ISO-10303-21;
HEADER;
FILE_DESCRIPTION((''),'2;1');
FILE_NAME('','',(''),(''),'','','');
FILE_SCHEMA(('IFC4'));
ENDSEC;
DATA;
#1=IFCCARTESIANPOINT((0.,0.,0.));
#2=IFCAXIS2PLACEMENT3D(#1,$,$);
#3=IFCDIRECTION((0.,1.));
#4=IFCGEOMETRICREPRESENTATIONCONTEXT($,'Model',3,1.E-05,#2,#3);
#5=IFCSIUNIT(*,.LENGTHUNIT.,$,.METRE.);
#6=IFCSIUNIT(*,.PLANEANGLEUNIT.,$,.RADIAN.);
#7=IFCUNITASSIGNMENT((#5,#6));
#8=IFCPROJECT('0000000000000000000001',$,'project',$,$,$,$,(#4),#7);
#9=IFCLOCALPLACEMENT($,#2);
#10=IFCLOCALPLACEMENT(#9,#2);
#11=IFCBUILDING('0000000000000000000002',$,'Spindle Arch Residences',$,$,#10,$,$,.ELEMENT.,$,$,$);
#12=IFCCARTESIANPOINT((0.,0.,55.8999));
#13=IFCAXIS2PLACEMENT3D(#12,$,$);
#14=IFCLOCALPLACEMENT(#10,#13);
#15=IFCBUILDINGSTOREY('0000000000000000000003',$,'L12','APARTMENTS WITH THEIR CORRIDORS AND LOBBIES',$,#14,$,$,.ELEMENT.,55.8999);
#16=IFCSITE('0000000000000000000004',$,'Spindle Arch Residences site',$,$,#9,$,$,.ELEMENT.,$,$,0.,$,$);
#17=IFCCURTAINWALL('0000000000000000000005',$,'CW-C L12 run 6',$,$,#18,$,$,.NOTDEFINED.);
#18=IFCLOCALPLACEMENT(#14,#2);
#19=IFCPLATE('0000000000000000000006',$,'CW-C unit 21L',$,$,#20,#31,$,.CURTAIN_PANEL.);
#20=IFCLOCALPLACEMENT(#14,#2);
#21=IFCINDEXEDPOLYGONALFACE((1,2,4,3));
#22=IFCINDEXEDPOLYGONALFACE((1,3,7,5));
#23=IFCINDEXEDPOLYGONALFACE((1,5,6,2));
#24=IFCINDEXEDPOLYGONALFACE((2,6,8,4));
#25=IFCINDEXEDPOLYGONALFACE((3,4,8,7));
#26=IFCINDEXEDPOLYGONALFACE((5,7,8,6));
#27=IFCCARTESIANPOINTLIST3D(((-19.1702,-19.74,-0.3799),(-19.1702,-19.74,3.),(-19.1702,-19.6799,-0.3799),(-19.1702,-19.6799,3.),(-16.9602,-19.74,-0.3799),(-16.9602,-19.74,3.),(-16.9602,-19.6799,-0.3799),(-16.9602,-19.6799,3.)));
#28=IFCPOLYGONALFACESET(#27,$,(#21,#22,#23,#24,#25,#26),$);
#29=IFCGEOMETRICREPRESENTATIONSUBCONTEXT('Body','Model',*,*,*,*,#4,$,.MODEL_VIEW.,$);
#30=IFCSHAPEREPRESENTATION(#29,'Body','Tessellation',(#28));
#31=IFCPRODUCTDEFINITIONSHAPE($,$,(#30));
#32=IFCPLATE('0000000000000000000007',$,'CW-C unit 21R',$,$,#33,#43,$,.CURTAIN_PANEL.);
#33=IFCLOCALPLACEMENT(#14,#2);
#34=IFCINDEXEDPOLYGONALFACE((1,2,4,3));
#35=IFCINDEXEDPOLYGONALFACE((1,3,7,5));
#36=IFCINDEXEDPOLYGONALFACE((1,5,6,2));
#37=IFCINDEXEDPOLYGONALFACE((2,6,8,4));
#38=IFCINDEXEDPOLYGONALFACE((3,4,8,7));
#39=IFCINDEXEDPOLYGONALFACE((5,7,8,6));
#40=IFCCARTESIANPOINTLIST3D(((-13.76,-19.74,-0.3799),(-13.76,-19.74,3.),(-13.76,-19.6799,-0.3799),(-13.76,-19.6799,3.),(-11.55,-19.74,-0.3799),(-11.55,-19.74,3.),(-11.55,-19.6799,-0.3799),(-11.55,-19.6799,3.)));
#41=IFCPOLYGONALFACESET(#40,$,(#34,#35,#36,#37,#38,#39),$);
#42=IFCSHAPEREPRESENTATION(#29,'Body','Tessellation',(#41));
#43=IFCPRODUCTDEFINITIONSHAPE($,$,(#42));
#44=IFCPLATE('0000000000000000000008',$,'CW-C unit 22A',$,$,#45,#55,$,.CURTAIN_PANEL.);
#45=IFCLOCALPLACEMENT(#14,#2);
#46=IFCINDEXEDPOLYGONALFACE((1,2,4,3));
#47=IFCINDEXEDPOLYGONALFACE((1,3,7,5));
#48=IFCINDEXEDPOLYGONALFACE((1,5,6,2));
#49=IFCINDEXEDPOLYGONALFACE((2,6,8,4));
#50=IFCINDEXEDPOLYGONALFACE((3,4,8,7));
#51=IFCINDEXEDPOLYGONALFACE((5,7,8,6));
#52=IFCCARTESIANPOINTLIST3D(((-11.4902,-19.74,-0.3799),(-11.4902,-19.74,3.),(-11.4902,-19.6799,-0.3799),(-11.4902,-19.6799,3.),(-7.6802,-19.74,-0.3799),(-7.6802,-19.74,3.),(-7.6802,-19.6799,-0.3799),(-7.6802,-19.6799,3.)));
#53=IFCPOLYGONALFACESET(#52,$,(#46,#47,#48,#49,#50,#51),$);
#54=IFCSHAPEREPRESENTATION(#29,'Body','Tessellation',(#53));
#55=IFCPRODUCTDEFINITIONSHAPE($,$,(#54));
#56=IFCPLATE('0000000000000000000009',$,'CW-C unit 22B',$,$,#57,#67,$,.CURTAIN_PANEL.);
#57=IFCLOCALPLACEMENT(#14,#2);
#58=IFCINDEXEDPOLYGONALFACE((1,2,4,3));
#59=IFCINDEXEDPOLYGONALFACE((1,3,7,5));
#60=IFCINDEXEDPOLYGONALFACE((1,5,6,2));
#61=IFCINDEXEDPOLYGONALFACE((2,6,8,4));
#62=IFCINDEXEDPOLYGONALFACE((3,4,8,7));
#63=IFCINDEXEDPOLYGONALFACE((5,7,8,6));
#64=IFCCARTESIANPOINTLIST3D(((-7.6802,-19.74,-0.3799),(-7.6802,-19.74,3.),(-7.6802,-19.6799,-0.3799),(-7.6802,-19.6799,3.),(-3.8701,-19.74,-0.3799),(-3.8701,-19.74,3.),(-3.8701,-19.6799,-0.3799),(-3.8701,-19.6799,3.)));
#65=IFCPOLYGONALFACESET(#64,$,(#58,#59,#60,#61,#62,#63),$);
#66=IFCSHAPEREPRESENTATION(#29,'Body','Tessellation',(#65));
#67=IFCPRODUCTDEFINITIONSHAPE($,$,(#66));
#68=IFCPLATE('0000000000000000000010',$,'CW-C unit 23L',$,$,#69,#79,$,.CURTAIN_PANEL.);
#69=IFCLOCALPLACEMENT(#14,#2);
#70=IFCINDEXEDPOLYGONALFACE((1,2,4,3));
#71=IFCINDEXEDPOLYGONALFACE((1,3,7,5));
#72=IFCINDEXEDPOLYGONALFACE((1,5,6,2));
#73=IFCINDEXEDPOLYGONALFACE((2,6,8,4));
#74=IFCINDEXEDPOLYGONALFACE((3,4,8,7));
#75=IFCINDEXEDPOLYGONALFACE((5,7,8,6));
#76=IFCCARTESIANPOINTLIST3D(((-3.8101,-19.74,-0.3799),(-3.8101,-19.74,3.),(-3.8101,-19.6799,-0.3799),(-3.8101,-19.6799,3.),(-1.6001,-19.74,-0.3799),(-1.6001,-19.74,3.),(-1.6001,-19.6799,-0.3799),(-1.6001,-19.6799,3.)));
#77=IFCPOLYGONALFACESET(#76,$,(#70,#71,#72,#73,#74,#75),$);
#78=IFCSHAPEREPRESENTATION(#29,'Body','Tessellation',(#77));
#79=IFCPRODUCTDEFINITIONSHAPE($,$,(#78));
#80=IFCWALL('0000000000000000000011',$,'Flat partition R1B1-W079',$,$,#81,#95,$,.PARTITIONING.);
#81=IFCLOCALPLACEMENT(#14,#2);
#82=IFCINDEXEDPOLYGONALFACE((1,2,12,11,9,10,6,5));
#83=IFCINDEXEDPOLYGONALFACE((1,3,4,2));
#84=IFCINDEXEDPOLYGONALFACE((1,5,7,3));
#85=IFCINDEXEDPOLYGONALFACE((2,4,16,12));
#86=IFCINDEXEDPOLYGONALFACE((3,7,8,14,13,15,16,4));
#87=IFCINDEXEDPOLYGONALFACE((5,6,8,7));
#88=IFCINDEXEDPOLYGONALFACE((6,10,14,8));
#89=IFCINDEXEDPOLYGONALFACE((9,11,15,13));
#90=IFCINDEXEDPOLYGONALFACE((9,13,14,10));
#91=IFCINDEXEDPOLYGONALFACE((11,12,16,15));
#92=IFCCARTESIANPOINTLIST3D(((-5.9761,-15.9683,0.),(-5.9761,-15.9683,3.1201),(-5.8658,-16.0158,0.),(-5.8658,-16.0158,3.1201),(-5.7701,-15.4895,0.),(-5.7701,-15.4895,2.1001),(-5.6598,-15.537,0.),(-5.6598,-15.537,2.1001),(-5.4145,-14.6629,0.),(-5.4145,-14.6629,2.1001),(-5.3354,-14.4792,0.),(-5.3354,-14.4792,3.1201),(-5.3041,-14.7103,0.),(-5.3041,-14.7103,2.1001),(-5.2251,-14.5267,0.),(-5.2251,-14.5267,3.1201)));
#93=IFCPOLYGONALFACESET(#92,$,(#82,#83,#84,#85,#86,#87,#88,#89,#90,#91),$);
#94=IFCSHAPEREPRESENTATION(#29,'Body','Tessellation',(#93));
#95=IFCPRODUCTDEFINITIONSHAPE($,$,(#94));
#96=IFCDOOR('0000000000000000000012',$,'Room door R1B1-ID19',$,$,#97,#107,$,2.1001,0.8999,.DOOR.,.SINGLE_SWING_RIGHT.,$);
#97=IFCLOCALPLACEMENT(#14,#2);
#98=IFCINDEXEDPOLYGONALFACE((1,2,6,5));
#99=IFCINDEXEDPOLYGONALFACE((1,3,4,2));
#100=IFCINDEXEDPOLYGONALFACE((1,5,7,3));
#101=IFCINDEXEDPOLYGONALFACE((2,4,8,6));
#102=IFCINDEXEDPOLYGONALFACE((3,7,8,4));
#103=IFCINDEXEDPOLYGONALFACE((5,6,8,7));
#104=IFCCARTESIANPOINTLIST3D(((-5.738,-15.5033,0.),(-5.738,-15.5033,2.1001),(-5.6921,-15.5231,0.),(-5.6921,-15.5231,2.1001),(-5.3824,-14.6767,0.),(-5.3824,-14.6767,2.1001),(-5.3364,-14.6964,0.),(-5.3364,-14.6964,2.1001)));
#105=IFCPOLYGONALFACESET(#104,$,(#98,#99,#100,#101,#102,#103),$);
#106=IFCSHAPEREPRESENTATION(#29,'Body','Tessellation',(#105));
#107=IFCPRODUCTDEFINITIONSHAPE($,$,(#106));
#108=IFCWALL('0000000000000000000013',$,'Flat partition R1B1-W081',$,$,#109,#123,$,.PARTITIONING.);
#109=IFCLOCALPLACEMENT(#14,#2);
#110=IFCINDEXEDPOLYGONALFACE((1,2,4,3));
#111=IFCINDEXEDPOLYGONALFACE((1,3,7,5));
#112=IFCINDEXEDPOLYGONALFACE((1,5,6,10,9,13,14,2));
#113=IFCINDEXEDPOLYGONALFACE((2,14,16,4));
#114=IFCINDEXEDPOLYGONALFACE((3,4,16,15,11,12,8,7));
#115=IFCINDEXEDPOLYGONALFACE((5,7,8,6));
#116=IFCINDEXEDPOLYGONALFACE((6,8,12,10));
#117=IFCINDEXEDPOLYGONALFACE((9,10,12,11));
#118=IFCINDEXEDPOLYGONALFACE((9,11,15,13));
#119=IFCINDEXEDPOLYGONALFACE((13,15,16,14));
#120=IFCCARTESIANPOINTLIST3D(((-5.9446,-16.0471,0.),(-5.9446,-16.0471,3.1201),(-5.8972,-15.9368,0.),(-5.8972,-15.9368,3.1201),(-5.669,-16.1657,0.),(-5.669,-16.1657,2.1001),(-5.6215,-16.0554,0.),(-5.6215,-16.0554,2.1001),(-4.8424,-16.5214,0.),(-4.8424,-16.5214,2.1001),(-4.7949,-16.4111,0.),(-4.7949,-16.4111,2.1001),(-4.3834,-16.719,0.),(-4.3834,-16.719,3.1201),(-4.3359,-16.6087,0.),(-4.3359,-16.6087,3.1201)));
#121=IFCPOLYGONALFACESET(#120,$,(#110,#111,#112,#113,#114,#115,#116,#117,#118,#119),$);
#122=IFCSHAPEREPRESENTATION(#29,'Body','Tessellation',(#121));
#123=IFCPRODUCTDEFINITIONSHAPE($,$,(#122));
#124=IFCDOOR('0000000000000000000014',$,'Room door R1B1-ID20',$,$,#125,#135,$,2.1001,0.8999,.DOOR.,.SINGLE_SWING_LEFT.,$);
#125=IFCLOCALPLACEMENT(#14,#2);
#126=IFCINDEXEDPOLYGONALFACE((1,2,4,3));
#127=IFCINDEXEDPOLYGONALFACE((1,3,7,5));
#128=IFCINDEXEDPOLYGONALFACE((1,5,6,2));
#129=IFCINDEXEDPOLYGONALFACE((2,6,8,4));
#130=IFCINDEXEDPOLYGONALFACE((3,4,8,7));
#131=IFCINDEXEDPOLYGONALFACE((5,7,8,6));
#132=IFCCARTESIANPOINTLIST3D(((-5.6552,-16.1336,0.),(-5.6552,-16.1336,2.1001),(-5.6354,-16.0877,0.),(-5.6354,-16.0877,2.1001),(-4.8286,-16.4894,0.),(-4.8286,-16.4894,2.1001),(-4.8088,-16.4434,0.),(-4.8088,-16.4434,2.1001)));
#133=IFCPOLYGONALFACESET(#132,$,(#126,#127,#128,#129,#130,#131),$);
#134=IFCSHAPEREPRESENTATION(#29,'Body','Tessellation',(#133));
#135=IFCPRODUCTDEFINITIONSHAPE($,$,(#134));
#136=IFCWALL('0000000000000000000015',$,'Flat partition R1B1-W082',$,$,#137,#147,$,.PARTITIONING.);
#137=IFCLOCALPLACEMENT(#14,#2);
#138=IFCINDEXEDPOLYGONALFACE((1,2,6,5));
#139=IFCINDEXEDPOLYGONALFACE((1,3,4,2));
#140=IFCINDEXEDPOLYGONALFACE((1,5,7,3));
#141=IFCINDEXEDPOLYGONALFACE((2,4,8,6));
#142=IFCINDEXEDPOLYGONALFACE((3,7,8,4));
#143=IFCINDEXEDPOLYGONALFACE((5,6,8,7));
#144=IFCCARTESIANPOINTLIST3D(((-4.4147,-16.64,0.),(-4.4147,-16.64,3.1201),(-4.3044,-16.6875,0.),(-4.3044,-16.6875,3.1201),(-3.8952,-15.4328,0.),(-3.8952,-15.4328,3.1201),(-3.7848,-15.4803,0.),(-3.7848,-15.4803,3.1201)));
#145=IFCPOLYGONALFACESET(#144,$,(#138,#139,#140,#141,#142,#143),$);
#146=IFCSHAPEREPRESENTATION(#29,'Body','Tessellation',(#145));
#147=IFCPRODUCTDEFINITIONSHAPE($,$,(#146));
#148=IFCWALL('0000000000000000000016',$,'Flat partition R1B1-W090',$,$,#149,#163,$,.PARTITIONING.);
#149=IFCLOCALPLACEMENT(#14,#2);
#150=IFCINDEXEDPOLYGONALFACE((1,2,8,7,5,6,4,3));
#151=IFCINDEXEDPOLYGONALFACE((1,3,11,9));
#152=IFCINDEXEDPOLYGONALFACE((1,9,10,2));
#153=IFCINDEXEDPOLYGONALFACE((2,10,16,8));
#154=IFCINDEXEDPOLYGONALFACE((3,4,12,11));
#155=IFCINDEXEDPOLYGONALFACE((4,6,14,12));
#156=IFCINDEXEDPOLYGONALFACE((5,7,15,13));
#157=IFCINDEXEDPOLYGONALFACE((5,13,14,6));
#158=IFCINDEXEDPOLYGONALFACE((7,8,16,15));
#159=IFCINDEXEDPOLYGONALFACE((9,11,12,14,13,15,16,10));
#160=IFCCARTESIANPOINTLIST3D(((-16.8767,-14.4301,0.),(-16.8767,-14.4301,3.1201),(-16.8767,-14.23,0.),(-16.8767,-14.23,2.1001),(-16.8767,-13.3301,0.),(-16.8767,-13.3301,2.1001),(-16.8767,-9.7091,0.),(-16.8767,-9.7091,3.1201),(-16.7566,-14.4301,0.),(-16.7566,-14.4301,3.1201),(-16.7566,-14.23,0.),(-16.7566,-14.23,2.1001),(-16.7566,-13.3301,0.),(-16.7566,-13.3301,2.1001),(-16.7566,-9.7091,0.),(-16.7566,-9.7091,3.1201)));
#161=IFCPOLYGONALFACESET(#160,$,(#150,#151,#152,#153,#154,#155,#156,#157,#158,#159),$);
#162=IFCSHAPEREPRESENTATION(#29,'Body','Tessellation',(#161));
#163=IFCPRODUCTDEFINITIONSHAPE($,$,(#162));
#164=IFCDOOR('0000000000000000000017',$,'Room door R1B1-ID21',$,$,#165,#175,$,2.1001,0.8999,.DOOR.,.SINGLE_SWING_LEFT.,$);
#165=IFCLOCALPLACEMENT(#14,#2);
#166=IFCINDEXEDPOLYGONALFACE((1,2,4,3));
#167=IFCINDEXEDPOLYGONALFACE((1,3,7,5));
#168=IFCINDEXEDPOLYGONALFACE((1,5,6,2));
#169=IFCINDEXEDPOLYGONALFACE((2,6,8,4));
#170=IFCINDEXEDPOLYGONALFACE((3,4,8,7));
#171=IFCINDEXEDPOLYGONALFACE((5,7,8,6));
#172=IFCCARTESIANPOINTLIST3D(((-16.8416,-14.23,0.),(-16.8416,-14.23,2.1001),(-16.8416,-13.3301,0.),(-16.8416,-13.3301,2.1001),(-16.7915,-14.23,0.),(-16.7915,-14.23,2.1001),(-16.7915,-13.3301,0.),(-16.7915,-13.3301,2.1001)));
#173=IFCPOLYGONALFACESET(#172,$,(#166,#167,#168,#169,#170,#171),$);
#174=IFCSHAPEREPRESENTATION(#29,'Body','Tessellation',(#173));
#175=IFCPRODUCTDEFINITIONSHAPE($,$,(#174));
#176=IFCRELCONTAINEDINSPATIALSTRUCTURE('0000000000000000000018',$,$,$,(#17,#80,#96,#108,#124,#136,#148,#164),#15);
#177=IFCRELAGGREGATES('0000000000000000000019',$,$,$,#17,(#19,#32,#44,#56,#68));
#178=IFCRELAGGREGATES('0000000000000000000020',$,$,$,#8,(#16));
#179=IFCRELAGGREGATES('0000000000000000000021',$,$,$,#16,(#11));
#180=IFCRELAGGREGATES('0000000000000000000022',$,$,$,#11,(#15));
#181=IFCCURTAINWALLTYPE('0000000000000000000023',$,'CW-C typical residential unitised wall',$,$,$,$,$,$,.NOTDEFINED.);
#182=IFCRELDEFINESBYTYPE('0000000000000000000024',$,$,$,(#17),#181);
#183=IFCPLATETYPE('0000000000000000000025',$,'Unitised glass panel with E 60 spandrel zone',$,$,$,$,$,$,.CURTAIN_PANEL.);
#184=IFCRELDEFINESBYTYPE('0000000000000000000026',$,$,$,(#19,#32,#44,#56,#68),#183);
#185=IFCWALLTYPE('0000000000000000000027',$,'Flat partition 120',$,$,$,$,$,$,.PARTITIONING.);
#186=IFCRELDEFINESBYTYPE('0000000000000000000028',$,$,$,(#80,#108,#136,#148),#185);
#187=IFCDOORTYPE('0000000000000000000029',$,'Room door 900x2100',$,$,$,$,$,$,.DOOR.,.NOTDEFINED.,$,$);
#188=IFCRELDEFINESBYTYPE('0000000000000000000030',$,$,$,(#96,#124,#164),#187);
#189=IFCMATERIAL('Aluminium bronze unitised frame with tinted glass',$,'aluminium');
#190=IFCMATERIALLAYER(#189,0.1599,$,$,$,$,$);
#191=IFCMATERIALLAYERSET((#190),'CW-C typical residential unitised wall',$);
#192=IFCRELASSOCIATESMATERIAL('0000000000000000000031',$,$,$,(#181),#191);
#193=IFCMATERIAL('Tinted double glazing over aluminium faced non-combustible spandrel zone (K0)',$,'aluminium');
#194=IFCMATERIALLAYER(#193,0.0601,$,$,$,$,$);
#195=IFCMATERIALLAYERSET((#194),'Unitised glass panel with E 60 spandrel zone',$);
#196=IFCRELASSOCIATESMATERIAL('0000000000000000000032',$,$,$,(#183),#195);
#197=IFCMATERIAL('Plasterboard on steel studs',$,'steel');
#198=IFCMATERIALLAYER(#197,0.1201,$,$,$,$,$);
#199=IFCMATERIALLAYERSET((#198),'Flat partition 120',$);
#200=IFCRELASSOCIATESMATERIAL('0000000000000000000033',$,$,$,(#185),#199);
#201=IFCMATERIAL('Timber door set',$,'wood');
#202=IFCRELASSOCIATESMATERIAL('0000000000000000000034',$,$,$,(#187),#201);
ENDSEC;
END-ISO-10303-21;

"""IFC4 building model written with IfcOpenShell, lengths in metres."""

from ifc_helpers import new_model, si_unit, direction, frame, frame_2d, origin, origin_2d, place, context, subcontext, project, spatial, rectangle, extrude, material, layer, layer_set, type_object, element, fill, aggregate, save


model = new_model("IFC4")

# Units and contexts
model_context = context("Model", 3, precision=1e-05, world=origin(), true_north=direction((0.0, 1.0)))
body_context = subcontext(model_context, "Body", "Model", "MODEL_VIEW")
ifc_project = project(units=[si_unit("LENGTHUNIT", "METRE"), si_unit("PLANEANGLEUNIT", "RADIAN")], contexts=[model_context])

# Site, building, storey
site_placement = place(None, origin())
site = spatial("IfcSite", under=ifc_project, at=site_placement, Name="Spindle Arch Residences site", CompositionType="ELEMENT", RefElevation=0.0)
building_placement = place(site_placement, origin())
building = spatial("IfcBuilding", under=site, at=building_placement, Name="Spindle Arch Residences", CompositionType="ELEMENT")
storey_placement = place(building_placement, frame((0.0, 0.0, 55.8999)))
storey = spatial("IfcBuildingStorey", under=building, at=storey_placement, Name="L12", Description="APARTMENTS WITH THEIR CORRIDORS AND LOBBIES", CompositionType="ELEMENT", Elevation=55.8999)

# Curtain wall
ifc_material_1 = material(Name="Aluminium bronze unitised frame with tinted glass", Category="aluminium")
ifc_layer_1 = layer(ifc_material_1, 0.1599)
ifc_layer_set_1 = layer_set([ifc_layer_1], Name="CW-C typical residential unitised wall")
curtain_wall_type = type_object("IfcCurtainWallType", Name="CW-C typical residential unitised wall", PredefinedType="NOTDEFINED", material=ifc_layer_set_1)
curtain_wall_placement = place(storey_placement, origin())
curtain_wall = element("IfcCurtainWall", 1, at=curtain_wall_placement, inside=storey, type_object=curtain_wall_type, Name="CW-C L12 run 6", PredefinedType="NOTDEFINED")

# Plates
ifc_material_2 = material(Name="Tinted double glazing over aluminium faced non-combustible spandrel zone (K0)", Category="aluminium")
ifc_layer_2 = layer(ifc_material_2, 0.0601)
ifc_layer_set_2 = layer_set([ifc_layer_2], Name="Unitised glass panel with E 60 spandrel zone")
plate_type = type_object("IfcPlateType", Name="Unitised glass panel with E 60 spandrel zone", PredefinedType="CURTAIN_PANEL", material=ifc_layer_set_2)
plate_1_placement = place(storey_placement, frame((-18.0652, -19.71, -0.3799), z_axis=(0.0, 0.0, 1.0), x_axis=(1.0, 0.0, 0.0)))
plate_1 = element("IfcPlate", 2, at=plate_1_placement, type_object=plate_type, Name="CW-C unit 21L", PredefinedType="CURTAIN_PANEL", context=body_context, shape_type="SweptSolid", body=[
    extrude(rectangle(XDim=2.21, YDim=0.0601, at=origin_2d()), origin(), (0.0, 0.0, 1.0), 3.3799),
])
plate_2_placement = place(storey_placement, frame((-12.655, -19.71, -0.3799), z_axis=(0.0, 0.0, 1.0), x_axis=(1.0, 0.0, 0.0)))
plate_2 = element("IfcPlate", 3, at=plate_2_placement, type_object=plate_type, Name="CW-C unit 21R", PredefinedType="CURTAIN_PANEL", context=body_context, shape_type="SweptSolid", body=[
    extrude(rectangle(XDim=2.21, YDim=0.0601, at=origin_2d()), origin(), (0.0, 0.0, 1.0), 3.3799),
])
plate_3_placement = place(storey_placement, frame((-9.5852, -19.71, -0.3799), z_axis=(0.0, 0.0, 1.0), x_axis=(1.0, 0.0, 0.0)))
plate_3 = element("IfcPlate", 4, at=plate_3_placement, type_object=plate_type, Name="CW-C unit 22A", PredefinedType="CURTAIN_PANEL", context=body_context, shape_type="SweptSolid", body=[
    extrude(rectangle(XDim=3.8101, YDim=0.0601, at=origin_2d()), origin(), (0.0, 0.0, 1.0), 3.3799),
])
plate_4_placement = place(storey_placement, frame((-5.7751, -19.71, -0.3799), z_axis=(0.0, 0.0, 1.0), x_axis=(1.0, 0.0, 0.0)))
plate_4 = element("IfcPlate", 5, at=plate_4_placement, type_object=plate_type, Name="CW-C unit 22B", PredefinedType="CURTAIN_PANEL", context=body_context, shape_type="SweptSolid", body=[
    extrude(rectangle(XDim=3.8101, YDim=0.0601, at=origin_2d()), origin(), (0.0, 0.0, 1.0), 3.3799),
])
plate_5_placement = place(storey_placement, frame((-2.7051, -19.71, -0.3799), z_axis=(0.0, 0.0, 1.0), x_axis=(1.0, 0.0, 0.0)))
plate_5 = element("IfcPlate", 6, at=plate_5_placement, type_object=plate_type, Name="CW-C unit 23L", PredefinedType="CURTAIN_PANEL", context=body_context, shape_type="SweptSolid", body=[
    extrude(rectangle(XDim=2.21, YDim=0.0601, at=origin_2d()), origin(), (0.0, 0.0, 1.0), 3.3799),
])
aggregate(curtain_wall, [plate_1, plate_2, plate_3, plate_4, plate_5])

# Walls, openings, doors
ifc_material_3 = material(Name="Plasterboard on steel studs", Category="steel")
ifc_layer_3 = layer(ifc_material_3, 0.1201)
ifc_layer_set_3 = layer_set([ifc_layer_3], Name="Flat partition 120")
wall_type_1 = type_object("IfcWallType", Name="Flat partition 120", PredefinedType="PARTITIONING", material=ifc_layer_set_3)
wall_1_placement = place(storey_placement, frame((-5.2803, -14.5029, 0.0), z_axis=(0.0, 0.0, 1.0), x_axis=(-0.39521, -0.918591, 0.0)))
wall_1 = element("IfcWall", 7, at=wall_1_placement, inside=storey, type_object=wall_type_1, Name="Flat partition R1B1-W079", PredefinedType="PARTITIONING", context=body_context, shape_type="SweptSolid", body=[
    extrude(rectangle(XDim=1.6211, YDim=0.1201, at=frame_2d((0.8105, 0.0))), origin(), (0.0, 0.0, 1.0), 3.1201),
])
opening_1_placement = place(wall_1_placement, frame((0.2, 0.0, 0.0)))
opening_1 = element("IfcOpeningElement", 8, at=opening_1_placement, cuts=wall_1, PredefinedType="OPENING", context=body_context, shape_type="SweptSolid", body=[
    extrude(rectangle(XDim=0.8999, YDim=2.1001, at=frame_2d((0.45, 1.05))), frame((0.0, 0.0701, 0.0), z_axis=(0.0, -1.0, 0.0), x_axis=(1.0, 0.0, 0.0)), (0.0, 0.0, 1.0), 0.1401),
])
ifc_material_4 = material(Name="Timber door set", Category="wood")
door_type_1 = type_object("IfcDoorType", Name="Room door 900x2100", OperationType="NOTDEFINED", PredefinedType="DOOR", material=ifc_material_4)
door_1_placement = place(opening_1_placement, origin())
door_1 = element("IfcDoor", 9, at=door_1_placement, inside=storey, type_object=door_type_1, Name="Room door R1B1-ID19", OperationType="SINGLE_SWING_RIGHT", OverallHeight=2.1001, OverallWidth=0.8999, PredefinedType="DOOR", context=body_context, shape_type="SweptSolid", body=[
    extrude(rectangle(XDim=0.8999, YDim=2.1001, at=frame_2d((0.45, 1.05))), frame((0.0, 0.0249, 0.0), z_axis=(0.0, -1.0, 0.0), x_axis=(1.0, 0.0, 0.0)), (0.0, 0.0, 1.0), 0.05),
])
fill(opening_1, door_1)
wall_2_placement = place(storey_placement, frame((-5.9209, -15.9919, 0.0), z_axis=(0.0, 0.0, 1.0), x_axis=(0.918557, -0.395288, 0.0)))
wall_2 = element("IfcWall", 10, at=wall_2_placement, inside=storey, type_object=wall_type_1, Name="Flat partition R1B1-W081", PredefinedType="PARTITIONING", context=body_context, shape_type="SweptSolid", body=[
    extrude(rectangle(XDim=1.6997, YDim=0.1201, at=frame_2d((0.8499, 0.0))), origin(), (0.0, 0.0, 1.0), 3.1201),
])
opening_2_placement = place(wall_2_placement, frame((0.3, 0.0, 0.0)))
opening_2 = element("IfcOpeningElement", 11, at=opening_2_placement, cuts=wall_2, PredefinedType="OPENING", context=body_context, shape_type="SweptSolid", body=[
    extrude(rectangle(XDim=0.8999, YDim=2.1001, at=frame_2d((0.45, 1.05))), frame((0.0, 0.0701, 0.0), z_axis=(0.0, -1.0, 0.0), x_axis=(1.0, 0.0, 0.0)), (0.0, 0.0, 1.0), 0.1401),
])
door_2_placement = place(opening_2_placement, origin())
door_2 = element("IfcDoor", 12, at=door_2_placement, inside=storey, type_object=door_type_1, Name="Room door R1B1-ID20", OperationType="SINGLE_SWING_LEFT", OverallHeight=2.1001, OverallWidth=0.8999, PredefinedType="DOOR", context=body_context, shape_type="SweptSolid", body=[
    extrude(rectangle(XDim=0.8999, YDim=2.1001, at=frame_2d((0.45, 1.05))), frame((0.0, 0.0249, 0.0), z_axis=(0.0, -1.0, 0.0), x_axis=(1.0, 0.0, 0.0)), (0.0, 0.0, 1.0), 0.05),
])
fill(opening_2, door_2)

# Wall
wall_3_placement = place(storey_placement, frame((-4.3596, -16.6638, 0.0), z_axis=(0.0, 0.0, 1.0), x_axis=(0.395354, 0.918529, 0.0)))
element("IfcWall", 13, at=wall_3_placement, inside=storey, type_object=wall_type_1, Name="Flat partition R1B1-W082", PredefinedType="PARTITIONING", context=body_context, shape_type="SweptSolid", body=[
    extrude(rectangle(XDim=1.3142, YDim=0.1201, at=frame_2d((0.6572, 0.0))), origin(), (0.0, 0.0, 1.0), 3.1201),
])

# Wall, opening, door
wall_4_placement = place(storey_placement, frame((-16.8167, -14.4299, 0.0), z_axis=(0.0, 0.0, 1.0), x_axis=(0.0, 1.0, 0.0)))
wall_4 = element("IfcWall", 14, at=wall_4_placement, inside=storey, type_object=wall_type_1, Name="Flat partition R1B1-W090", PredefinedType="PARTITIONING", context=body_context, shape_type="SweptSolid", body=[
    extrude(rectangle(XDim=4.7209, YDim=0.1201, at=frame_2d((2.3604, 0.0))), origin(), (0.0, 0.0, 1.0), 3.1201),
])
opening_3_placement = place(wall_4_placement, frame((0.2, 0.0, 0.0)))
opening_3 = element("IfcOpeningElement", 15, at=opening_3_placement, cuts=wall_4, PredefinedType="OPENING", context=body_context, shape_type="SweptSolid", body=[
    extrude(rectangle(XDim=0.8999, YDim=2.1001, at=frame_2d((0.45, 1.05))), frame((0.0, 0.0701, 0.0), z_axis=(0.0, -1.0, 0.0), x_axis=(1.0, 0.0, 0.0)), (0.0, 0.0, 1.0), 0.1401),
])
door_3_placement = place(opening_3_placement, origin())
door_3 = element("IfcDoor", 16, at=door_3_placement, inside=storey, type_object=door_type_1, Name="Room door R1B1-ID21", OperationType="SINGLE_SWING_LEFT", OverallHeight=2.1001, OverallWidth=0.8999, PredefinedType="DOOR", context=body_context, shape_type="SweptSolid", body=[
    extrude(rectangle(XDim=0.8999, YDim=2.1001, at=frame_2d((0.45, 1.05))), frame((0.0, 0.0249, 0.0), z_axis=(0.0, -1.0, 0.0), x_axis=(1.0, 0.0, 0.0)), (0.0, 0.0, 1.0), 0.05),
])
fill(opening_3, door_3)

save(model, "model.ifc")
